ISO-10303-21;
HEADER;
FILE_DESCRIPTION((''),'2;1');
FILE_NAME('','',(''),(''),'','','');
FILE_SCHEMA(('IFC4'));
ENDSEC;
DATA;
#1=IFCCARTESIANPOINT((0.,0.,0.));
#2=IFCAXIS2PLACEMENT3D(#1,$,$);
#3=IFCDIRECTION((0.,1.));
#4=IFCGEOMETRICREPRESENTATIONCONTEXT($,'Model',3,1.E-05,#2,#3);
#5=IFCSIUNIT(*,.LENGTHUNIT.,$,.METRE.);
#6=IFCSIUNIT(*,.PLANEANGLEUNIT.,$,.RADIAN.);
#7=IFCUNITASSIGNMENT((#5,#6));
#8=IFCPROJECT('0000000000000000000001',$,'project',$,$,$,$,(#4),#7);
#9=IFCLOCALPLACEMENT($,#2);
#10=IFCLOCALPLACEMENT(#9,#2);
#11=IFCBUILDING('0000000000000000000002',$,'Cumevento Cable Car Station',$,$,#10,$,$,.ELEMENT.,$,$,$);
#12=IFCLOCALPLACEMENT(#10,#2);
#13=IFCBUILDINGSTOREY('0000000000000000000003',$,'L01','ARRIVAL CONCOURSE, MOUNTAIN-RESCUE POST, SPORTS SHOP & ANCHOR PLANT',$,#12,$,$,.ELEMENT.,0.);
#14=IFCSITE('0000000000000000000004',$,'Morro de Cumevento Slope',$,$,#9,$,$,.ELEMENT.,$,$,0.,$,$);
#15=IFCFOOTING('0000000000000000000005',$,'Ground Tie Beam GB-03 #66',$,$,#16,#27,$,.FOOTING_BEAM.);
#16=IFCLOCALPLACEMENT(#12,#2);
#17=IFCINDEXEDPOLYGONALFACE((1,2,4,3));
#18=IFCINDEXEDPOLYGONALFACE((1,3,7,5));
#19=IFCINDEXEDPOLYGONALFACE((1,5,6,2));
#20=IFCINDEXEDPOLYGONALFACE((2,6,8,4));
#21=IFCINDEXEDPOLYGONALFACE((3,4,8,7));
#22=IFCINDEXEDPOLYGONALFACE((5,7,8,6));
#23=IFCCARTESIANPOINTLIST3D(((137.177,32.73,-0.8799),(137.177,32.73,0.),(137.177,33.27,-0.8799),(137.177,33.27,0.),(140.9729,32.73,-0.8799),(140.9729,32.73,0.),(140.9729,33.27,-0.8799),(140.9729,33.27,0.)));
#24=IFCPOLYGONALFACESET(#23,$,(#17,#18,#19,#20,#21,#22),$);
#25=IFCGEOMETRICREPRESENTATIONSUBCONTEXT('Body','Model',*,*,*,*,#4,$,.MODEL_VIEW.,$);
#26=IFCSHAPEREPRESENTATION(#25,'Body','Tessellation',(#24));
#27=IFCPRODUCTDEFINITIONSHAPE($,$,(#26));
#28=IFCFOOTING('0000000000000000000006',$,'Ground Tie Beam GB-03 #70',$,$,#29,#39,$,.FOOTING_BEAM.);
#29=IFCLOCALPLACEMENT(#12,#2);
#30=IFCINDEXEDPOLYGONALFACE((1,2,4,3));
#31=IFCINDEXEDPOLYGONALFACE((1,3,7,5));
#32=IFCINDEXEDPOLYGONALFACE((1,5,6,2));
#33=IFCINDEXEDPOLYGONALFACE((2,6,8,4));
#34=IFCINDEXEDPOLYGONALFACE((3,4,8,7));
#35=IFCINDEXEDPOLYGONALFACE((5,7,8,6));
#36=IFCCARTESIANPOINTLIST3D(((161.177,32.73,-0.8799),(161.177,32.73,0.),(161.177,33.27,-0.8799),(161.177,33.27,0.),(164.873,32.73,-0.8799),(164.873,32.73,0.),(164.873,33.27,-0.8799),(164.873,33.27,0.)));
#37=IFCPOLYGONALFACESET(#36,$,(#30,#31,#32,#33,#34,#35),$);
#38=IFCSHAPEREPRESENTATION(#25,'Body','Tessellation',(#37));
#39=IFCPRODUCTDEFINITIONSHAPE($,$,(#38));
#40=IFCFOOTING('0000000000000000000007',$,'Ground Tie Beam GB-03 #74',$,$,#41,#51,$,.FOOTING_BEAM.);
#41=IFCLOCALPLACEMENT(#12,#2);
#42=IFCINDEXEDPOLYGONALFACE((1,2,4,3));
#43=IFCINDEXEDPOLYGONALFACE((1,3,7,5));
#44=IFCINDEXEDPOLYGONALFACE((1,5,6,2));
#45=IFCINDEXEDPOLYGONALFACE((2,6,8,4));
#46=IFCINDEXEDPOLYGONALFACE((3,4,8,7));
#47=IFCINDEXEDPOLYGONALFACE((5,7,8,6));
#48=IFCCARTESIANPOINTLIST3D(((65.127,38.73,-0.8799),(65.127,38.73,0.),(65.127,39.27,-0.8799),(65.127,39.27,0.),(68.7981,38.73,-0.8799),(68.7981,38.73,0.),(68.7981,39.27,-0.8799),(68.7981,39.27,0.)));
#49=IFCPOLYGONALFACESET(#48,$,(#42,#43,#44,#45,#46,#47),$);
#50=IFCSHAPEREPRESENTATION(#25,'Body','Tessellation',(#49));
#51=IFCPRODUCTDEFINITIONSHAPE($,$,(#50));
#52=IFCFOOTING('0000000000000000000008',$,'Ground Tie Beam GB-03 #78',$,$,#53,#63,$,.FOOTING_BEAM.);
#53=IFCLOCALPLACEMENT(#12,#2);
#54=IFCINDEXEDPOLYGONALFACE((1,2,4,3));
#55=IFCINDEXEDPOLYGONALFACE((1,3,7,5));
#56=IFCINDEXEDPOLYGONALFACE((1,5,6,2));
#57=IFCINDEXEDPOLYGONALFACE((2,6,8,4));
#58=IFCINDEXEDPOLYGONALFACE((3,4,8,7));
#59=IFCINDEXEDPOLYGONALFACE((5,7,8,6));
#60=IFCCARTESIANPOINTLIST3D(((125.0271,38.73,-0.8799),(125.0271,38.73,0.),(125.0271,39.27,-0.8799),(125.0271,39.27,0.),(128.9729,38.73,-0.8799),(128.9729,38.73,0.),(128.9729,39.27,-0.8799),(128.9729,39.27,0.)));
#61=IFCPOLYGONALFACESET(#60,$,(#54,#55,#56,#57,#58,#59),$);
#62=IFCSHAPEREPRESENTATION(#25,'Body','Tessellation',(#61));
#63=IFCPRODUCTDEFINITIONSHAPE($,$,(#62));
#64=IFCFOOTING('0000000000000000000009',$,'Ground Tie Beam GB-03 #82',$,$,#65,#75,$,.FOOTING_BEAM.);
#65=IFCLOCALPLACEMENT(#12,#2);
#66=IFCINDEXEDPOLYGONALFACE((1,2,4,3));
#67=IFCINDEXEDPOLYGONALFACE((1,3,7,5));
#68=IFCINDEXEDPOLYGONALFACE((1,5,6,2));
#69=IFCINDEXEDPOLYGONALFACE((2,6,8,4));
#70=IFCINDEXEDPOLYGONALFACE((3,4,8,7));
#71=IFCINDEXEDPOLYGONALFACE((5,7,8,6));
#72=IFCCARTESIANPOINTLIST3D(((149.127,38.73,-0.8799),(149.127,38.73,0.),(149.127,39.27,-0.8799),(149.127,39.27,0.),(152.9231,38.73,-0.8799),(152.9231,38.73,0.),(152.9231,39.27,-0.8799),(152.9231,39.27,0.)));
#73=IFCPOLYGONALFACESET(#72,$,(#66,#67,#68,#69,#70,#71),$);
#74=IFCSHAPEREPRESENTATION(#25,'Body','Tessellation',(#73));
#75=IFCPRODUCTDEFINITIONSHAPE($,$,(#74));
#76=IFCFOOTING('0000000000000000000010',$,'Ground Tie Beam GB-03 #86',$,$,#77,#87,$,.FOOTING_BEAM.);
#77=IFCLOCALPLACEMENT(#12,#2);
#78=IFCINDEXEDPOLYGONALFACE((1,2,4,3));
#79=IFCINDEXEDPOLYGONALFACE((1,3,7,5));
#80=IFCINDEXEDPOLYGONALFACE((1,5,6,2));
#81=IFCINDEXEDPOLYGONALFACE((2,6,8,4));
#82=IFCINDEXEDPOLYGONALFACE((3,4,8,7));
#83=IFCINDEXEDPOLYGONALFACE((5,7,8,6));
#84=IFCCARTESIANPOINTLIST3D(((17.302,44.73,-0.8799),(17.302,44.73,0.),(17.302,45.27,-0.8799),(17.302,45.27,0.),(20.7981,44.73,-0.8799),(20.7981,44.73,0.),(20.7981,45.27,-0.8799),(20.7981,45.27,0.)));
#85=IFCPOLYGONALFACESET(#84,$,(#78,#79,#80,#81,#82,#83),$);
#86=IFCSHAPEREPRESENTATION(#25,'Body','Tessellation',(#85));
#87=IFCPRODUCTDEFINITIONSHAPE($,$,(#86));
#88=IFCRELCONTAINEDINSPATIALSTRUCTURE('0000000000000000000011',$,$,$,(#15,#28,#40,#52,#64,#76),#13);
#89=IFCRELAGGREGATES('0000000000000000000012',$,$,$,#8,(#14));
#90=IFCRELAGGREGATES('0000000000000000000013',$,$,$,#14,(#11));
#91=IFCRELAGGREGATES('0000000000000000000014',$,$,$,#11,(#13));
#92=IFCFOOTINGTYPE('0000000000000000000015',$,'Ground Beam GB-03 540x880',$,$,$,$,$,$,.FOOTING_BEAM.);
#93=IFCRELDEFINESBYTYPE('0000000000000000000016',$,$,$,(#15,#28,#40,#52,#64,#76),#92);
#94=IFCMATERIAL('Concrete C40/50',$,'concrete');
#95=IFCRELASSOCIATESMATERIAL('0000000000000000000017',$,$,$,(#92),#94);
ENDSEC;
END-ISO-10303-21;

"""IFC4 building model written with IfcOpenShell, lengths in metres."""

from ifc_helpers import new_model, si_unit, direction, frame, origin, place, context, subcontext, project, spatial, polyline, outline, extrude, material, type_object, element, save


model = new_model("IFC4")

# Units and contexts
model_context = context("Model", 3, precision=1e-05, world=origin(), true_north=direction((0.0, 1.0)))
body_context = subcontext(model_context, "Body", "Model", "MODEL_VIEW")
ifc_project = project(units=[si_unit("LENGTHUNIT", "METRE"), si_unit("PLANEANGLEUNIT", "RADIAN")], contexts=[model_context])

# Site, building, storey
site_placement = place(None, origin())
site = spatial("IfcSite", under=ifc_project, at=site_placement, Name="Morro de Cumevento Slope", CompositionType="ELEMENT", RefElevation=0.0)
building_placement = place(site_placement, origin())
building = spatial("IfcBuilding", under=site, at=building_placement, Name="Cumevento Cable Car Station", CompositionType="ELEMENT")
storey_placement = place(building_placement, origin())
storey = spatial("IfcBuildingStorey", under=building, at=storey_placement, Name="L01", Description="ARRIVAL CONCOURSE, MOUNTAIN-RESCUE POST, SPORTS SHOP & ANCHOR PLANT", CompositionType="ELEMENT", Elevation=0.0)

# Footings
ifc_material = material(Name="Concrete C40/50", Category="concrete")
footing_type = type_object("IfcFootingType", Name="Ground Beam GB-03 540x880", PredefinedType="FOOTING_BEAM", material=ifc_material)
footing_1_placement = place(storey_placement, frame((0.0, 0.0, -0.8799)))
element("IfcFooting", 1, at=footing_1_placement, inside=storey, type_object=footing_type, Name="Ground Tie Beam GB-03 #66", PredefinedType="FOOTING_BEAM", context=body_context, shape_type="SweptSolid", body=[
    extrude(outline(polyline([(137.177, 32.73), (140.9729, 32.73), (140.9729, 33.27), (137.177, 33.27), (137.177, 32.73)])), origin(), (0.0, 0.0, 1.0), 0.8799),
])
footing_2_placement = place(storey_placement, frame((0.0, 0.0, -0.8799)))
element("IfcFooting", 2, at=footing_2_placement, inside=storey, type_object=footing_type, Name="Ground Tie Beam GB-03 #70", PredefinedType="FOOTING_BEAM", context=body_context, shape_type="SweptSolid", body=[
    extrude(outline(polyline([(161.177, 32.73), (164.873, 32.73), (164.873, 33.27), (161.177, 33.27), (161.177, 32.73)])), origin(), (0.0, 0.0, 1.0), 0.8799),
])
footing_3_placement = place(storey_placement, frame((0.0, 0.0, -0.8799)))
element("IfcFooting", 3, at=footing_3_placement, inside=storey, type_object=footing_type, Name="Ground Tie Beam GB-03 #74", PredefinedType="FOOTING_BEAM", context=body_context, shape_type="SweptSolid", body=[
    extrude(outline(polyline([(65.127, 38.73), (68.7981, 38.73), (68.7981, 39.27), (65.127, 39.27), (65.127, 38.73)])), origin(), (0.0, 0.0, 1.0), 0.8799),
])
footing_4_placement = place(storey_placement, frame((0.0, 0.0, -0.8799)))
element("IfcFooting", 4, at=footing_4_placement, inside=storey, type_object=footing_type, Name="Ground Tie Beam GB-03 #78", PredefinedType="FOOTING_BEAM", context=body_context, shape_type="SweptSolid", body=[
    extrude(outline(polyline([(125.0271, 38.73), (128.9729, 38.73), (128.9729, 39.27), (125.0271, 39.27), (125.0271, 38.73)])), origin(), (0.0, 0.0, 1.0), 0.8799),
])
footing_5_placement = place(storey_placement, frame((0.0, 0.0, -0.8799)))
element("IfcFooting", 5, at=footing_5_placement, inside=storey, type_object=footing_type, Name="Ground Tie Beam GB-03 #82", PredefinedType="FOOTING_BEAM", context=body_context, shape_type="SweptSolid", body=[
    extrude(outline(polyline([(149.127, 38.73), (152.9231, 38.73), (152.9231, 39.27), (149.127, 39.27), (149.127, 38.73)])), origin(), (0.0, 0.0, 1.0), 0.8799),
])
footing_6_placement = place(storey_placement, frame((0.0, 0.0, -0.8799)))
element("IfcFooting", 6, at=footing_6_placement, inside=storey, type_object=footing_type, Name="Ground Tie Beam GB-03 #86", PredefinedType="FOOTING_BEAM", context=body_context, shape_type="SweptSolid", body=[
    extrude(outline(polyline([(17.302, 44.73), (20.7981, 44.73), (20.7981, 45.27), (17.302, 45.27), (17.302, 44.73)])), origin(), (0.0, 0.0, 1.0), 0.8799),
])

save(model, "model.ifc")
